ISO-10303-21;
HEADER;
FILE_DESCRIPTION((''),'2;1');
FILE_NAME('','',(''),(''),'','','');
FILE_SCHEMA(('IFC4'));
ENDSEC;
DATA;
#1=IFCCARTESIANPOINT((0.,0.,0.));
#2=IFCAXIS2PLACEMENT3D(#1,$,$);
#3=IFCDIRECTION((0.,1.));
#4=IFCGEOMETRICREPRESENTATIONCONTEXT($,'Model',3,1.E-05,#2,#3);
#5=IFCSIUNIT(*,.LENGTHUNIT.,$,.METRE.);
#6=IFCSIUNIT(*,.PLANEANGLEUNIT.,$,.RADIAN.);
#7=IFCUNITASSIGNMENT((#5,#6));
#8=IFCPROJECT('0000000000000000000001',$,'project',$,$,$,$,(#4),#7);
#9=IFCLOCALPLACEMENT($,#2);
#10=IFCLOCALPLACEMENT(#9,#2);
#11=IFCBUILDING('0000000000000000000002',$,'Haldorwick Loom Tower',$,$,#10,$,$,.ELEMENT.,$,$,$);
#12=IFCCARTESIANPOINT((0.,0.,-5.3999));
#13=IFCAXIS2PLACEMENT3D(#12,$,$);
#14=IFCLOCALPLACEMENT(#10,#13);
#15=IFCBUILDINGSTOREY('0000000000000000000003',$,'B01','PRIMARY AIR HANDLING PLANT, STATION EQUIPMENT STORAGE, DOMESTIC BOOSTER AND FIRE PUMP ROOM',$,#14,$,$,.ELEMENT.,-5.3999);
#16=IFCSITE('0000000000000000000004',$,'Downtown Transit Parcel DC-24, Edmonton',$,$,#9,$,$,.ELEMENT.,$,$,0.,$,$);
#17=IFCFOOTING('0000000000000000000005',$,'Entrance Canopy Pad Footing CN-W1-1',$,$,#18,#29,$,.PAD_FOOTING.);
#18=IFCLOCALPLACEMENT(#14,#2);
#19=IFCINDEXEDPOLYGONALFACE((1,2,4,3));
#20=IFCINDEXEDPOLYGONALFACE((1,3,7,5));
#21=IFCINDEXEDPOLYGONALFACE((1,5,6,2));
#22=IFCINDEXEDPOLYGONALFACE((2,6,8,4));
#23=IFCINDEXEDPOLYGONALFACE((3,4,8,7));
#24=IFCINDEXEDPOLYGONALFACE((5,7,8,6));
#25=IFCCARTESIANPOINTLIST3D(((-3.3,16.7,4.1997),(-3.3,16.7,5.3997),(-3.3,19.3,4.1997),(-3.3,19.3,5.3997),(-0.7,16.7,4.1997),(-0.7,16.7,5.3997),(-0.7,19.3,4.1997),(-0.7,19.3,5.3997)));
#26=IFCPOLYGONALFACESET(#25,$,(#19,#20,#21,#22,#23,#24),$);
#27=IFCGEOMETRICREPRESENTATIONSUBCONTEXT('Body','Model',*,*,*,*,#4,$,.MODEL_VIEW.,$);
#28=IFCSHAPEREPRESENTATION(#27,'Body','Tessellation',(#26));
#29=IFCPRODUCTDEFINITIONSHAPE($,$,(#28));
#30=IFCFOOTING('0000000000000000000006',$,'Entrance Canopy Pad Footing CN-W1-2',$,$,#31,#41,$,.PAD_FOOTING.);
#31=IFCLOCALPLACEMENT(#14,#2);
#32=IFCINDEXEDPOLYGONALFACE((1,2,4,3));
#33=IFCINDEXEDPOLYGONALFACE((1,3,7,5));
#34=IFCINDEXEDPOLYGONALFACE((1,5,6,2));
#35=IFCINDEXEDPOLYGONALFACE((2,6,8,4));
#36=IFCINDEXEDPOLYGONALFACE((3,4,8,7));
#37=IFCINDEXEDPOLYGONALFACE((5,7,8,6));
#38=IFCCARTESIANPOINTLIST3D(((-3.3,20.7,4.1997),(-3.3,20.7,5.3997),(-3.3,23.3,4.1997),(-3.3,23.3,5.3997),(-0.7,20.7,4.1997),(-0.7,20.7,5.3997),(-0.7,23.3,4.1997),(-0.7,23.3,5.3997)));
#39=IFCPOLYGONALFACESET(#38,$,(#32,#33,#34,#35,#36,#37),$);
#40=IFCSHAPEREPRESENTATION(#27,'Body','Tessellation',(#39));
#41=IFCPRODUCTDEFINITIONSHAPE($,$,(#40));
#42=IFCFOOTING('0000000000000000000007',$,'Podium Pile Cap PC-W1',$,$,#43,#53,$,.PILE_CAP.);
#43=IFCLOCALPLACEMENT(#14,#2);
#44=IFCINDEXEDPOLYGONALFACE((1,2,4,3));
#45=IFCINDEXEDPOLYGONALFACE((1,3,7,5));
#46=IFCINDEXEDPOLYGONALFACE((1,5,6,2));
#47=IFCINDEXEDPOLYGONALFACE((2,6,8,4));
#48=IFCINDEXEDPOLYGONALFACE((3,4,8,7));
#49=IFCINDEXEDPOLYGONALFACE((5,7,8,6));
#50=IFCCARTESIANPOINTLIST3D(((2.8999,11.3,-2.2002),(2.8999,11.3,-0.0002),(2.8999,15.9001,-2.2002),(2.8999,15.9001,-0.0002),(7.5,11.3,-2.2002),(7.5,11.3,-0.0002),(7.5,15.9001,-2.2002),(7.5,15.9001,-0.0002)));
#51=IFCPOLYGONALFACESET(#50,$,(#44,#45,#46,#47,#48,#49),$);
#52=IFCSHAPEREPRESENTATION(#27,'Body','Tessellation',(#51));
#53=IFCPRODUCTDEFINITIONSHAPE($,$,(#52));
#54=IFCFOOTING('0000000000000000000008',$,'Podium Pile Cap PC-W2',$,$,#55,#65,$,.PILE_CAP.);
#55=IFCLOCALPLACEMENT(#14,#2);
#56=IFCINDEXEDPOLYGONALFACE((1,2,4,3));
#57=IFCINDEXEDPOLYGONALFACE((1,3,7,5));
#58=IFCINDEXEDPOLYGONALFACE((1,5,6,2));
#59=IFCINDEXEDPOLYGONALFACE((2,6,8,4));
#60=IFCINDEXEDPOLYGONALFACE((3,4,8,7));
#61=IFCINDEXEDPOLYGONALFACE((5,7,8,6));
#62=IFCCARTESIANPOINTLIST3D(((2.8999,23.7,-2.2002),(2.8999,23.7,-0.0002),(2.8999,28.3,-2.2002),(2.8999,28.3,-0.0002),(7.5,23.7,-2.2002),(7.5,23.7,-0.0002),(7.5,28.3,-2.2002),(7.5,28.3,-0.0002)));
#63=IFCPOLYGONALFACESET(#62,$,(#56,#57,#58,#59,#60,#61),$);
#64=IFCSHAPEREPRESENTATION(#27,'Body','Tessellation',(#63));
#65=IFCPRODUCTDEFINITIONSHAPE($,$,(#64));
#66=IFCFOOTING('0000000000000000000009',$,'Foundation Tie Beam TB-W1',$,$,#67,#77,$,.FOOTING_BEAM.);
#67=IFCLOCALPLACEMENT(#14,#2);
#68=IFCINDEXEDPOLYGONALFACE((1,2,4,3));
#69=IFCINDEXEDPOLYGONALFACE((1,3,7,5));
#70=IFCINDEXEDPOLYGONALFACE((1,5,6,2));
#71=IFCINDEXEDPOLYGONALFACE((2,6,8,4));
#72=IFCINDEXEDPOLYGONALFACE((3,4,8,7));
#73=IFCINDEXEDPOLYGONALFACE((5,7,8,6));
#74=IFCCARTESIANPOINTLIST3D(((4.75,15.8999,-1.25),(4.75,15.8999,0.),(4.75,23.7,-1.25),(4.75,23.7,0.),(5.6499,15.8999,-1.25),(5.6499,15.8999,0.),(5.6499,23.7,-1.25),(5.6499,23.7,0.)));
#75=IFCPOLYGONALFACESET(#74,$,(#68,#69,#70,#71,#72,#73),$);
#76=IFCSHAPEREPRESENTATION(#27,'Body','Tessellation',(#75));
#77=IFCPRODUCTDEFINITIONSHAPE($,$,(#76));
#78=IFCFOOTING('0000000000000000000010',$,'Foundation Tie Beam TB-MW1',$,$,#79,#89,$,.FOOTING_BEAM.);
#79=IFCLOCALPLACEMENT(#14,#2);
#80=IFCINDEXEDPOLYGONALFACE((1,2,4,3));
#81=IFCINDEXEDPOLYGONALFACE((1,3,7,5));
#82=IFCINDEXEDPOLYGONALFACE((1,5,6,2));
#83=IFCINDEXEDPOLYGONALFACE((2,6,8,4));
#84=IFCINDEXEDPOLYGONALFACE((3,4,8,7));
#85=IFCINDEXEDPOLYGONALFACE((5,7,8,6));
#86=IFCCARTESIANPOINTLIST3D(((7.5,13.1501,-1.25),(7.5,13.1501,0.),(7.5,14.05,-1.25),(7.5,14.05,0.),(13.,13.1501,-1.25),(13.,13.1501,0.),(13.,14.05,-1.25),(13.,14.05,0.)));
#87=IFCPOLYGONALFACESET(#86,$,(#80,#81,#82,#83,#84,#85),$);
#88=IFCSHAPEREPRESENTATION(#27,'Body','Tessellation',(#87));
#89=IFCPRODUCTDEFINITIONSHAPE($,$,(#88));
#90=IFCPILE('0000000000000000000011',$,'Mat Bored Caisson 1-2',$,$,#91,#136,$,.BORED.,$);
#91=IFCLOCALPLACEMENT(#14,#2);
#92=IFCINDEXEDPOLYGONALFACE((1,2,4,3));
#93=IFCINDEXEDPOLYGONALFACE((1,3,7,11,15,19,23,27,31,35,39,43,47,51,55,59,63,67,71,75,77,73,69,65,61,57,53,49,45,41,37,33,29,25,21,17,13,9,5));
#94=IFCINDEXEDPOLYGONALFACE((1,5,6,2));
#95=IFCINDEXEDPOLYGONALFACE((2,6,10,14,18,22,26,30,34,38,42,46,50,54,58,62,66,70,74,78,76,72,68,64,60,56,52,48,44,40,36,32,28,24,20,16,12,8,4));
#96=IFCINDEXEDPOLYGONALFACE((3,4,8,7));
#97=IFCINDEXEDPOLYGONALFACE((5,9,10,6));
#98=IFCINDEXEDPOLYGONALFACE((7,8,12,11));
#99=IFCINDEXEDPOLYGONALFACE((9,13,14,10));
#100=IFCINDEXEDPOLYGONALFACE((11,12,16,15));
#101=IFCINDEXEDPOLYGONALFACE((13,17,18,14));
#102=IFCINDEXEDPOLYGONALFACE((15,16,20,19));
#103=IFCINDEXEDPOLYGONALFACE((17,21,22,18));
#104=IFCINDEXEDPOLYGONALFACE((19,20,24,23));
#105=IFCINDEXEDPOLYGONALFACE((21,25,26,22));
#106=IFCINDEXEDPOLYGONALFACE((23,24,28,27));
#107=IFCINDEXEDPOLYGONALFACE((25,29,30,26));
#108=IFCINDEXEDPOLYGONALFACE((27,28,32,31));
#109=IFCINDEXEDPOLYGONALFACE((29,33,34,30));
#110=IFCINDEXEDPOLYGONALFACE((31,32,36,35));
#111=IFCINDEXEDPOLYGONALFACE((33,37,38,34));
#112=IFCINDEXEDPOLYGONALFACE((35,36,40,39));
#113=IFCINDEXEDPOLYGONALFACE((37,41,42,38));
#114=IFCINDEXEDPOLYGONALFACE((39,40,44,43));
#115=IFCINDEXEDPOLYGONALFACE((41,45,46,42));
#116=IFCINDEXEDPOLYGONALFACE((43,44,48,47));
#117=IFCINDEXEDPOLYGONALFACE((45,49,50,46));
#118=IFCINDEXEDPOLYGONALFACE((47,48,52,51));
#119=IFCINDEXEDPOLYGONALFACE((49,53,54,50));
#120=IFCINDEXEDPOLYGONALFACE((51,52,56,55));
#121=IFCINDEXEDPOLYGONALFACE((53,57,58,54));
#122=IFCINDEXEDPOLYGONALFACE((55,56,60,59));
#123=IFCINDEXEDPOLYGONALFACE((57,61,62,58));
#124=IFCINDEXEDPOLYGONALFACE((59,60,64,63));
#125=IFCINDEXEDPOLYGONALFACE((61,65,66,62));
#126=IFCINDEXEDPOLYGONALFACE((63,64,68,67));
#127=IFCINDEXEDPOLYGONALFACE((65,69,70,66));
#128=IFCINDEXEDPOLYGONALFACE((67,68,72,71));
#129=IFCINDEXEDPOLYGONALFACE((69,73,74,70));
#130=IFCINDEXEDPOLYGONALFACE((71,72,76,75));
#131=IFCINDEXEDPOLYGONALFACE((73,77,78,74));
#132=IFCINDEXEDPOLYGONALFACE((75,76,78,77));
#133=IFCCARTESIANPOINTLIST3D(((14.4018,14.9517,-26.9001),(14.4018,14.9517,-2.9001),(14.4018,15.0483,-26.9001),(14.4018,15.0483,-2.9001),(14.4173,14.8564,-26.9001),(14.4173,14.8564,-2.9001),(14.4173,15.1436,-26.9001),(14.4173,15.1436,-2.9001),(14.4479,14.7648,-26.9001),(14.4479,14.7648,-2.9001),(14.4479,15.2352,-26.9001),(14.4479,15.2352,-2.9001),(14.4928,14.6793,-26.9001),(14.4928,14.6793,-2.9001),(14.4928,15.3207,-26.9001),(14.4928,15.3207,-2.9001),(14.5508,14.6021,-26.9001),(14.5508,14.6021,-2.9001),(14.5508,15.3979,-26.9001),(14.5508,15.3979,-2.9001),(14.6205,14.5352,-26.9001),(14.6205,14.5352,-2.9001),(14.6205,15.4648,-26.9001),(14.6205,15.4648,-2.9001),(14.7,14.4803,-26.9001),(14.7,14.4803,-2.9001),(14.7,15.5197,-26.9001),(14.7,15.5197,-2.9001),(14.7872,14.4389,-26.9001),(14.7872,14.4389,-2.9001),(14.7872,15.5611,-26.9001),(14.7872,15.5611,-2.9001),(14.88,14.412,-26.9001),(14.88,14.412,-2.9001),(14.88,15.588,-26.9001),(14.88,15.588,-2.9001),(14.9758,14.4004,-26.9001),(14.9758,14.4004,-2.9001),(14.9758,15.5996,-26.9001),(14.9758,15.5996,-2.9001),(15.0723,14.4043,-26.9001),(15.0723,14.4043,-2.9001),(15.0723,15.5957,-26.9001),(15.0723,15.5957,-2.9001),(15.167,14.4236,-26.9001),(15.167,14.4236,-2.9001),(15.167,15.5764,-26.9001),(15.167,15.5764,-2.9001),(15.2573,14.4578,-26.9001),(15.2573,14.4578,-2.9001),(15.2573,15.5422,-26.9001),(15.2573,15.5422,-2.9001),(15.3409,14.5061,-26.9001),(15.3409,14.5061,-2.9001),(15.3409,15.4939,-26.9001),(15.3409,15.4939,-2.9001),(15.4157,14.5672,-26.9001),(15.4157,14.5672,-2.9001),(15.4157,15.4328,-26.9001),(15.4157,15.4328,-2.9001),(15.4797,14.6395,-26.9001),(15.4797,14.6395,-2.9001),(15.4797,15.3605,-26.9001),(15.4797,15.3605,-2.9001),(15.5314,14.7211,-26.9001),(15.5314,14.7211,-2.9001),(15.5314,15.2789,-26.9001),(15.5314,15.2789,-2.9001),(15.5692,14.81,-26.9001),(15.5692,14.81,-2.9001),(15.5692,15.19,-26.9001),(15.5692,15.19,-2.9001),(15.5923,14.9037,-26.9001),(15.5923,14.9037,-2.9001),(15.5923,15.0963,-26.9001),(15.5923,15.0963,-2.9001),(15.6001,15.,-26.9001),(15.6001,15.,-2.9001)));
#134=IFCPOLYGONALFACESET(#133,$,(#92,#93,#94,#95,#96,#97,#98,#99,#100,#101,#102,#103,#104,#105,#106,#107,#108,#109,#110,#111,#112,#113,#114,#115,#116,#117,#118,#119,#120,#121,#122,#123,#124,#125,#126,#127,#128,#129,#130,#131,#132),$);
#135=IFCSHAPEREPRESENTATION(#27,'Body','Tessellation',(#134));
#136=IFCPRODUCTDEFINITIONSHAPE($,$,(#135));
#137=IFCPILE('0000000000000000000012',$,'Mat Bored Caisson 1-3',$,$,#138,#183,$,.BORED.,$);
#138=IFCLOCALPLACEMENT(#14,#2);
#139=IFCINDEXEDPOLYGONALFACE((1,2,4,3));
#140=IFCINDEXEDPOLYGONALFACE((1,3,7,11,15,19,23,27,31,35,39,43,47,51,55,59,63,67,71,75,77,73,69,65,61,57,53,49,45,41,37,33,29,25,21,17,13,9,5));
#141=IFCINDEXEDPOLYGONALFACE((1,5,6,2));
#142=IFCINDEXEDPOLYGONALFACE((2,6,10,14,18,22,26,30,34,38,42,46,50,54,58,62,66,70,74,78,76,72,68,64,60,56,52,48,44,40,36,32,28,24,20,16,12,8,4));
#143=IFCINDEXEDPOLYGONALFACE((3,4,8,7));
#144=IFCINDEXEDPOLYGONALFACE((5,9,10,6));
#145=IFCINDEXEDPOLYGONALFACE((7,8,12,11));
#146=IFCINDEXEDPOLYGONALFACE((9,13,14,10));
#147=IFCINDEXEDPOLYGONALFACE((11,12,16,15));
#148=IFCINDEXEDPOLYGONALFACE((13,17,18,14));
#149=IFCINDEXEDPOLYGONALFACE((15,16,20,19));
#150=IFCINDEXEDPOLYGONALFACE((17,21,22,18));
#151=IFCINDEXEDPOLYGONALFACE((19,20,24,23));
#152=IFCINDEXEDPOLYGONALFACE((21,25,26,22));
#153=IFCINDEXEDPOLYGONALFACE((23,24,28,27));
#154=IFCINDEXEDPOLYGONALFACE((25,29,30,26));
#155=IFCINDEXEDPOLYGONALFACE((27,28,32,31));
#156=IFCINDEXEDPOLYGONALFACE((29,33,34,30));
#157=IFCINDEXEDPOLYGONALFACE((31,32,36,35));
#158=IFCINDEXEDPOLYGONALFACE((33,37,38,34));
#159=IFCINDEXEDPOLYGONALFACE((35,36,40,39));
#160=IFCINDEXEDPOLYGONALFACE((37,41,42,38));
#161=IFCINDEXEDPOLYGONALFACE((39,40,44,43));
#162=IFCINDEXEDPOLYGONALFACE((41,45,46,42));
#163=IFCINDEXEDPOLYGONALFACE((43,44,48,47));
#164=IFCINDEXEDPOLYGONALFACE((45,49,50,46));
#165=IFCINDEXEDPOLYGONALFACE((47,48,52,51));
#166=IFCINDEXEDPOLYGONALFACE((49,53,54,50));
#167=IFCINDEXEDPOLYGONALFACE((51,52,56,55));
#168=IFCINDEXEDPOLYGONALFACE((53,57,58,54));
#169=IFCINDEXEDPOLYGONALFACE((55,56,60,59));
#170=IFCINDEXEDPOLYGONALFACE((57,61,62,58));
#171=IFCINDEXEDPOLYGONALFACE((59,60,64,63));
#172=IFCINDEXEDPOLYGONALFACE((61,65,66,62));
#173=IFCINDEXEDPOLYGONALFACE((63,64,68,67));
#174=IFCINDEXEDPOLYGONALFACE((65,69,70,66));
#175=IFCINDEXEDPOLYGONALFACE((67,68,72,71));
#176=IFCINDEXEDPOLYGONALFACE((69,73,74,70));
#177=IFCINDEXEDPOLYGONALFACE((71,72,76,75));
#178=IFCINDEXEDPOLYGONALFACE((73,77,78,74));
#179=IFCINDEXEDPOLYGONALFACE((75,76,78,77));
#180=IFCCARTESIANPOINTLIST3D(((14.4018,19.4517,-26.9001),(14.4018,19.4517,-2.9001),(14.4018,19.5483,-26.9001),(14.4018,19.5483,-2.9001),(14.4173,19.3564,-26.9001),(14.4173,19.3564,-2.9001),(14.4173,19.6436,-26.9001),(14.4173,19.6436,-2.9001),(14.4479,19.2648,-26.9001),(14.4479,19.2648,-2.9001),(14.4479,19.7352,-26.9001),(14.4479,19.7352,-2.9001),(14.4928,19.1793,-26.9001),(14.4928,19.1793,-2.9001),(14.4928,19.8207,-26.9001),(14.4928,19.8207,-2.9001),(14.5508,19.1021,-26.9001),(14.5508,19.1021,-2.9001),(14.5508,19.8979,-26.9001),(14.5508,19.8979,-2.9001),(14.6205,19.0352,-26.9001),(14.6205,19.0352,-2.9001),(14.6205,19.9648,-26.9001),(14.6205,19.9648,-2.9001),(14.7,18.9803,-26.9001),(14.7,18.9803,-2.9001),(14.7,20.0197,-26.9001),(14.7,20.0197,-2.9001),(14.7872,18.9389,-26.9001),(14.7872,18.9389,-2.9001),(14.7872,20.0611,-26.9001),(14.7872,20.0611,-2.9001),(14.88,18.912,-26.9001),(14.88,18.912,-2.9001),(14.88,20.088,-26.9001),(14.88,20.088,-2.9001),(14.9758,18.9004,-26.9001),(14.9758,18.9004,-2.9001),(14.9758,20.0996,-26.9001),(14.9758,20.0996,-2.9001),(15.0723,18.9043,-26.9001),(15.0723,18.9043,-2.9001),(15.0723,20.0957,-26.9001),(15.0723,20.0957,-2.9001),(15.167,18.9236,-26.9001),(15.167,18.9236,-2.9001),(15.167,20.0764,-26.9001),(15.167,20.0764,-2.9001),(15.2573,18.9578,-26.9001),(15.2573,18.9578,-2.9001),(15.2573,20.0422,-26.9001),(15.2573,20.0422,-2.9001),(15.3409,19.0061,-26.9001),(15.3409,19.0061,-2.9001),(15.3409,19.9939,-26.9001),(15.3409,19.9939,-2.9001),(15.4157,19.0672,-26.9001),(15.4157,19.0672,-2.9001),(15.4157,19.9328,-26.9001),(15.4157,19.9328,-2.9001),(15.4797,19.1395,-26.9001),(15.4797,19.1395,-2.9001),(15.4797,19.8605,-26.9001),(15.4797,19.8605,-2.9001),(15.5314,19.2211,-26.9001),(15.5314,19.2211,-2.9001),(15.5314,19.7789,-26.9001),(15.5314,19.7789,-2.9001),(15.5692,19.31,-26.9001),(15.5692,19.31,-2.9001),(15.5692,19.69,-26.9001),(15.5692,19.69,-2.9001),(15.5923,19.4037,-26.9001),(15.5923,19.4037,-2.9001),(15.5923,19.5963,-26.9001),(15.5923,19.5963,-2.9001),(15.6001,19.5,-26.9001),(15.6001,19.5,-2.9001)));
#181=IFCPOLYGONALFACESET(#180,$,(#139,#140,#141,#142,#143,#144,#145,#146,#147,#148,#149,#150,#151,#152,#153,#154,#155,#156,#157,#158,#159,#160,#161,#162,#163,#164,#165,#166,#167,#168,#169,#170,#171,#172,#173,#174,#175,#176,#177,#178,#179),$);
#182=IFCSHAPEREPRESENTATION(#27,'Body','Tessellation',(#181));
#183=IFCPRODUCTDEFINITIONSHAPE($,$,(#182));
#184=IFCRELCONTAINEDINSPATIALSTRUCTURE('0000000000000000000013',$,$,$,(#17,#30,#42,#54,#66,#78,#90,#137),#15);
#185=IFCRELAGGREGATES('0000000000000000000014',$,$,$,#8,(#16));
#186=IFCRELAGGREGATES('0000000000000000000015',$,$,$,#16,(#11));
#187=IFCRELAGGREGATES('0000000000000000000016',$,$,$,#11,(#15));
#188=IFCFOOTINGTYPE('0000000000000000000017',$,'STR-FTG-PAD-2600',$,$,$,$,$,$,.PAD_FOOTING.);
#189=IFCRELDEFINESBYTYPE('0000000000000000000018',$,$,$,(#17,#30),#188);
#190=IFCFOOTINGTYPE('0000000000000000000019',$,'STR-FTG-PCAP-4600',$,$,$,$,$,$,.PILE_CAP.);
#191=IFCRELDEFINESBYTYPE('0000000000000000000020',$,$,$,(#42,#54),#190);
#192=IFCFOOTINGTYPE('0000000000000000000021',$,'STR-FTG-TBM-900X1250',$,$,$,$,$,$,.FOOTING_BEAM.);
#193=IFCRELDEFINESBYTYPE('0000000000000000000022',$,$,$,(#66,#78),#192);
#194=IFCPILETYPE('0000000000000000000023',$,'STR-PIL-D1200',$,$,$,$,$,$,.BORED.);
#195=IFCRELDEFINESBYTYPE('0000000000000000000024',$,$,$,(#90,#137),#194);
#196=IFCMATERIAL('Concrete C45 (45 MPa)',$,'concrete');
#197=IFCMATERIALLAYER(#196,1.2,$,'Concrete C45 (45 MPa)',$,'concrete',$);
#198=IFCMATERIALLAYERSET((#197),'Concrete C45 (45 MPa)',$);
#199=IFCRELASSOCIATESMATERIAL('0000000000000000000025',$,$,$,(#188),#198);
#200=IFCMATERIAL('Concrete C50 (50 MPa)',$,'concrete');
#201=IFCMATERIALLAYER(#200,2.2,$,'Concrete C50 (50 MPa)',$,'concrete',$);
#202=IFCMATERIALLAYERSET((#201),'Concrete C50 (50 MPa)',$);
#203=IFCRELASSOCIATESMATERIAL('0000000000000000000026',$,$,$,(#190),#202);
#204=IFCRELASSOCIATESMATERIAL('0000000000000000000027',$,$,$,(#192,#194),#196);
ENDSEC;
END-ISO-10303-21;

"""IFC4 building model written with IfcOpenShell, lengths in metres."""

from ifc_helpers import new_model, si_unit, direction, frame, origin, origin_2d, place, context, subcontext, project, spatial, rectangle, circle, extrude, material, layer, layer_set, material_profile, profile_set, type_object, element, save


model = new_model("IFC4")

# Units and contexts
model_context = context("Model", 3, precision=1e-05, world=origin(), true_north=direction((0.0, 1.0)))
body_context = subcontext(model_context, "Body", "Model", "MODEL_VIEW")
ifc_project = project(units=[si_unit("LENGTHUNIT", "METRE"), si_unit("PLANEANGLEUNIT", "RADIAN")], contexts=[model_context])

# Site, building, storey
site_placement = place(None, origin())
site = spatial("IfcSite", under=ifc_project, at=site_placement, Name="Downtown Transit Parcel DC-24, Edmonton", CompositionType="ELEMENT", RefElevation=0.0)
building_placement = place(site_placement, origin())
building = spatial("IfcBuilding", under=site, at=building_placement, Name="Haldorwick Loom Tower", CompositionType="ELEMENT")
storey_placement = place(building_placement, frame((0.0, 0.0, -5.3999)))
storey = spatial("IfcBuildingStorey", under=building, at=storey_placement, Name="B01", Description="PRIMARY AIR HANDLING PLANT, STATION EQUIPMENT STORAGE, DOMESTIC BOOSTER AND FIRE PUMP ROOM", CompositionType="ELEMENT", Elevation=-5.3999)

# Footings
ifc_material_1 = material(Name="Concrete C45 (45 MPa)", Category="concrete")
ifc_layer_1 = layer(ifc_material_1, 1.2, Name="Concrete C45 (45 MPa)", Category="concrete")
ifc_layer_set_1 = layer_set([ifc_layer_1], Name="Concrete C45 (45 MPa)")
footing_type_1 = type_object("IfcFootingType", Name="STR-FTG-PAD-2600", PredefinedType="PAD_FOOTING", material=ifc_layer_set_1)
for number, where, z_axis, x_axis, name in (
    (1, (-2.0, 18.0, 4.1997), (0.0, 0.0, 1.0), (1.0, 0.0, 0.0), "Entrance Canopy Pad Footing CN-W1-1"),
    (2, (-2.0, 22.0, 4.1997), (0.0, 0.0, 1.0), (1.0, 0.0, 0.0), "Entrance Canopy Pad Footing CN-W1-2"),
):
    element("IfcFooting", number, at=place(storey_placement, frame(where, z_axis=z_axis, x_axis=x_axis)), inside=storey, type_object=footing_type_1, Name=name, PredefinedType="PAD_FOOTING", context=body_context, shape_type="SweptSolid", body=[
        extrude(rectangle(XDim=2.6001, YDim=2.6001, at=origin_2d()), origin(), (0.0, 0.0, 1.0), 1.2),
    ])
ifc_material_2 = material(Name="Concrete C50 (50 MPa)", Category="concrete")
ifc_layer_2 = layer(ifc_material_2, 2.2, Name="Concrete C50 (50 MPa)", Category="concrete")
ifc_layer_set_2 = layer_set([ifc_layer_2], Name="Concrete C50 (50 MPa)")
footing_type_2 = type_object("IfcFootingType", Name="STR-FTG-PCAP-4600", PredefinedType="PILE_CAP", material=ifc_layer_set_2)
for number, where, z_axis, x_axis, name in (
    (3, (5.2, 13.6001, -2.2002), (0.0, 0.0, 1.0), (1.0, 0.0, 0.0), "Podium Pile Cap PC-W1"),
    (4, (5.2, 26.0, -2.2002), (0.0, 0.0, 1.0), (1.0, 0.0, 0.0), "Podium Pile Cap PC-W2"),
):
    element("IfcFooting", number, at=place(storey_placement, frame(where, z_axis=z_axis, x_axis=x_axis)), inside=storey, type_object=footing_type_2, Name=name, PredefinedType="PILE_CAP", context=body_context, shape_type="SweptSolid", body=[
        extrude(rectangle(XDim=4.6001, YDim=4.6001, at=origin_2d()), origin(), (0.0, 0.0, 1.0), 2.2),
    ])
ifc_material_profile_1 = material_profile(ifc_material_1, rectangle(XDim=0.8999, YDim=1.25, at=origin_2d()), Name="RC900X1250", Category="concrete")
ifc_profile_set_1 = profile_set([ifc_material_profile_1], Name="Concrete C45 (45 MPa)")
footing_type_3 = type_object("IfcFootingType", Name="STR-FTG-TBM-900X1250", PredefinedType="FOOTING_BEAM", material=ifc_profile_set_1)
footing_1_placement = place(storey_placement, frame((5.2, 15.8999, -0.625), z_axis=(0.0, 1.0, 0.0), x_axis=(-1.0, 0.0, 0.0)))
element("IfcFooting", 5, at=footing_1_placement, inside=storey, type_object=footing_type_3, Name="Foundation Tie Beam TB-W1", PredefinedType="FOOTING_BEAM", context=body_context, shape_type="SweptSolid", body=[
    extrude(rectangle(XDim=0.8999, YDim=1.25, at=origin_2d()), origin(), (0.0, 0.0, 1.0), 7.8),
])
footing_2_placement = place(storey_placement, frame((7.5, 13.6001, -0.625), z_axis=(1.0, 0.0, 0.0), x_axis=(0.0, 1.0, 0.0)))
element("IfcFooting", 6, at=footing_2_placement, inside=storey, type_object=footing_type_3, Name="Foundation Tie Beam TB-MW1", PredefinedType="FOOTING_BEAM", context=body_context, shape_type="SweptSolid", body=[
    extrude(rectangle(XDim=0.8999, YDim=1.25, at=origin_2d()), origin(), (0.0, 0.0, 1.0), 5.5),
])

# Piles
ifc_material_profile_2 = material_profile(ifc_material_1, circle(Radius=0.6001, at=origin_2d()), Name="CAISSON_D1200", Category="concrete")
ifc_profile_set_2 = profile_set([ifc_material_profile_2], Name="Concrete C45 (45 MPa)")
pile_type = type_object("IfcPileType", Name="STR-PIL-D1200", PredefinedType="BORED", material=ifc_profile_set_2)
for number, where, z_axis, x_axis, name in (
    (7, (15.0, 15.0, -2.9001), (0.0, 0.0, -1.0), (1.0, 0.0, 0.0), "Mat Bored Caisson 1-2"),
    (8, (15.0, 19.5, -2.9001), (0.0, 0.0, -1.0), (1.0, 0.0, 0.0), "Mat Bored Caisson 1-3"),
):
    element("IfcPile", number, at=place(storey_placement, frame(where, z_axis=z_axis, x_axis=x_axis)), inside=storey, type_object=pile_type, Name=name, PredefinedType="BORED", context=body_context, shape_type="SweptSolid", body=[
        extrude(circle(Radius=0.6001, at=origin_2d()), origin(), (0.0, 0.0, 1.0), 24.0),
    ])

save(model, "model.ifc")
